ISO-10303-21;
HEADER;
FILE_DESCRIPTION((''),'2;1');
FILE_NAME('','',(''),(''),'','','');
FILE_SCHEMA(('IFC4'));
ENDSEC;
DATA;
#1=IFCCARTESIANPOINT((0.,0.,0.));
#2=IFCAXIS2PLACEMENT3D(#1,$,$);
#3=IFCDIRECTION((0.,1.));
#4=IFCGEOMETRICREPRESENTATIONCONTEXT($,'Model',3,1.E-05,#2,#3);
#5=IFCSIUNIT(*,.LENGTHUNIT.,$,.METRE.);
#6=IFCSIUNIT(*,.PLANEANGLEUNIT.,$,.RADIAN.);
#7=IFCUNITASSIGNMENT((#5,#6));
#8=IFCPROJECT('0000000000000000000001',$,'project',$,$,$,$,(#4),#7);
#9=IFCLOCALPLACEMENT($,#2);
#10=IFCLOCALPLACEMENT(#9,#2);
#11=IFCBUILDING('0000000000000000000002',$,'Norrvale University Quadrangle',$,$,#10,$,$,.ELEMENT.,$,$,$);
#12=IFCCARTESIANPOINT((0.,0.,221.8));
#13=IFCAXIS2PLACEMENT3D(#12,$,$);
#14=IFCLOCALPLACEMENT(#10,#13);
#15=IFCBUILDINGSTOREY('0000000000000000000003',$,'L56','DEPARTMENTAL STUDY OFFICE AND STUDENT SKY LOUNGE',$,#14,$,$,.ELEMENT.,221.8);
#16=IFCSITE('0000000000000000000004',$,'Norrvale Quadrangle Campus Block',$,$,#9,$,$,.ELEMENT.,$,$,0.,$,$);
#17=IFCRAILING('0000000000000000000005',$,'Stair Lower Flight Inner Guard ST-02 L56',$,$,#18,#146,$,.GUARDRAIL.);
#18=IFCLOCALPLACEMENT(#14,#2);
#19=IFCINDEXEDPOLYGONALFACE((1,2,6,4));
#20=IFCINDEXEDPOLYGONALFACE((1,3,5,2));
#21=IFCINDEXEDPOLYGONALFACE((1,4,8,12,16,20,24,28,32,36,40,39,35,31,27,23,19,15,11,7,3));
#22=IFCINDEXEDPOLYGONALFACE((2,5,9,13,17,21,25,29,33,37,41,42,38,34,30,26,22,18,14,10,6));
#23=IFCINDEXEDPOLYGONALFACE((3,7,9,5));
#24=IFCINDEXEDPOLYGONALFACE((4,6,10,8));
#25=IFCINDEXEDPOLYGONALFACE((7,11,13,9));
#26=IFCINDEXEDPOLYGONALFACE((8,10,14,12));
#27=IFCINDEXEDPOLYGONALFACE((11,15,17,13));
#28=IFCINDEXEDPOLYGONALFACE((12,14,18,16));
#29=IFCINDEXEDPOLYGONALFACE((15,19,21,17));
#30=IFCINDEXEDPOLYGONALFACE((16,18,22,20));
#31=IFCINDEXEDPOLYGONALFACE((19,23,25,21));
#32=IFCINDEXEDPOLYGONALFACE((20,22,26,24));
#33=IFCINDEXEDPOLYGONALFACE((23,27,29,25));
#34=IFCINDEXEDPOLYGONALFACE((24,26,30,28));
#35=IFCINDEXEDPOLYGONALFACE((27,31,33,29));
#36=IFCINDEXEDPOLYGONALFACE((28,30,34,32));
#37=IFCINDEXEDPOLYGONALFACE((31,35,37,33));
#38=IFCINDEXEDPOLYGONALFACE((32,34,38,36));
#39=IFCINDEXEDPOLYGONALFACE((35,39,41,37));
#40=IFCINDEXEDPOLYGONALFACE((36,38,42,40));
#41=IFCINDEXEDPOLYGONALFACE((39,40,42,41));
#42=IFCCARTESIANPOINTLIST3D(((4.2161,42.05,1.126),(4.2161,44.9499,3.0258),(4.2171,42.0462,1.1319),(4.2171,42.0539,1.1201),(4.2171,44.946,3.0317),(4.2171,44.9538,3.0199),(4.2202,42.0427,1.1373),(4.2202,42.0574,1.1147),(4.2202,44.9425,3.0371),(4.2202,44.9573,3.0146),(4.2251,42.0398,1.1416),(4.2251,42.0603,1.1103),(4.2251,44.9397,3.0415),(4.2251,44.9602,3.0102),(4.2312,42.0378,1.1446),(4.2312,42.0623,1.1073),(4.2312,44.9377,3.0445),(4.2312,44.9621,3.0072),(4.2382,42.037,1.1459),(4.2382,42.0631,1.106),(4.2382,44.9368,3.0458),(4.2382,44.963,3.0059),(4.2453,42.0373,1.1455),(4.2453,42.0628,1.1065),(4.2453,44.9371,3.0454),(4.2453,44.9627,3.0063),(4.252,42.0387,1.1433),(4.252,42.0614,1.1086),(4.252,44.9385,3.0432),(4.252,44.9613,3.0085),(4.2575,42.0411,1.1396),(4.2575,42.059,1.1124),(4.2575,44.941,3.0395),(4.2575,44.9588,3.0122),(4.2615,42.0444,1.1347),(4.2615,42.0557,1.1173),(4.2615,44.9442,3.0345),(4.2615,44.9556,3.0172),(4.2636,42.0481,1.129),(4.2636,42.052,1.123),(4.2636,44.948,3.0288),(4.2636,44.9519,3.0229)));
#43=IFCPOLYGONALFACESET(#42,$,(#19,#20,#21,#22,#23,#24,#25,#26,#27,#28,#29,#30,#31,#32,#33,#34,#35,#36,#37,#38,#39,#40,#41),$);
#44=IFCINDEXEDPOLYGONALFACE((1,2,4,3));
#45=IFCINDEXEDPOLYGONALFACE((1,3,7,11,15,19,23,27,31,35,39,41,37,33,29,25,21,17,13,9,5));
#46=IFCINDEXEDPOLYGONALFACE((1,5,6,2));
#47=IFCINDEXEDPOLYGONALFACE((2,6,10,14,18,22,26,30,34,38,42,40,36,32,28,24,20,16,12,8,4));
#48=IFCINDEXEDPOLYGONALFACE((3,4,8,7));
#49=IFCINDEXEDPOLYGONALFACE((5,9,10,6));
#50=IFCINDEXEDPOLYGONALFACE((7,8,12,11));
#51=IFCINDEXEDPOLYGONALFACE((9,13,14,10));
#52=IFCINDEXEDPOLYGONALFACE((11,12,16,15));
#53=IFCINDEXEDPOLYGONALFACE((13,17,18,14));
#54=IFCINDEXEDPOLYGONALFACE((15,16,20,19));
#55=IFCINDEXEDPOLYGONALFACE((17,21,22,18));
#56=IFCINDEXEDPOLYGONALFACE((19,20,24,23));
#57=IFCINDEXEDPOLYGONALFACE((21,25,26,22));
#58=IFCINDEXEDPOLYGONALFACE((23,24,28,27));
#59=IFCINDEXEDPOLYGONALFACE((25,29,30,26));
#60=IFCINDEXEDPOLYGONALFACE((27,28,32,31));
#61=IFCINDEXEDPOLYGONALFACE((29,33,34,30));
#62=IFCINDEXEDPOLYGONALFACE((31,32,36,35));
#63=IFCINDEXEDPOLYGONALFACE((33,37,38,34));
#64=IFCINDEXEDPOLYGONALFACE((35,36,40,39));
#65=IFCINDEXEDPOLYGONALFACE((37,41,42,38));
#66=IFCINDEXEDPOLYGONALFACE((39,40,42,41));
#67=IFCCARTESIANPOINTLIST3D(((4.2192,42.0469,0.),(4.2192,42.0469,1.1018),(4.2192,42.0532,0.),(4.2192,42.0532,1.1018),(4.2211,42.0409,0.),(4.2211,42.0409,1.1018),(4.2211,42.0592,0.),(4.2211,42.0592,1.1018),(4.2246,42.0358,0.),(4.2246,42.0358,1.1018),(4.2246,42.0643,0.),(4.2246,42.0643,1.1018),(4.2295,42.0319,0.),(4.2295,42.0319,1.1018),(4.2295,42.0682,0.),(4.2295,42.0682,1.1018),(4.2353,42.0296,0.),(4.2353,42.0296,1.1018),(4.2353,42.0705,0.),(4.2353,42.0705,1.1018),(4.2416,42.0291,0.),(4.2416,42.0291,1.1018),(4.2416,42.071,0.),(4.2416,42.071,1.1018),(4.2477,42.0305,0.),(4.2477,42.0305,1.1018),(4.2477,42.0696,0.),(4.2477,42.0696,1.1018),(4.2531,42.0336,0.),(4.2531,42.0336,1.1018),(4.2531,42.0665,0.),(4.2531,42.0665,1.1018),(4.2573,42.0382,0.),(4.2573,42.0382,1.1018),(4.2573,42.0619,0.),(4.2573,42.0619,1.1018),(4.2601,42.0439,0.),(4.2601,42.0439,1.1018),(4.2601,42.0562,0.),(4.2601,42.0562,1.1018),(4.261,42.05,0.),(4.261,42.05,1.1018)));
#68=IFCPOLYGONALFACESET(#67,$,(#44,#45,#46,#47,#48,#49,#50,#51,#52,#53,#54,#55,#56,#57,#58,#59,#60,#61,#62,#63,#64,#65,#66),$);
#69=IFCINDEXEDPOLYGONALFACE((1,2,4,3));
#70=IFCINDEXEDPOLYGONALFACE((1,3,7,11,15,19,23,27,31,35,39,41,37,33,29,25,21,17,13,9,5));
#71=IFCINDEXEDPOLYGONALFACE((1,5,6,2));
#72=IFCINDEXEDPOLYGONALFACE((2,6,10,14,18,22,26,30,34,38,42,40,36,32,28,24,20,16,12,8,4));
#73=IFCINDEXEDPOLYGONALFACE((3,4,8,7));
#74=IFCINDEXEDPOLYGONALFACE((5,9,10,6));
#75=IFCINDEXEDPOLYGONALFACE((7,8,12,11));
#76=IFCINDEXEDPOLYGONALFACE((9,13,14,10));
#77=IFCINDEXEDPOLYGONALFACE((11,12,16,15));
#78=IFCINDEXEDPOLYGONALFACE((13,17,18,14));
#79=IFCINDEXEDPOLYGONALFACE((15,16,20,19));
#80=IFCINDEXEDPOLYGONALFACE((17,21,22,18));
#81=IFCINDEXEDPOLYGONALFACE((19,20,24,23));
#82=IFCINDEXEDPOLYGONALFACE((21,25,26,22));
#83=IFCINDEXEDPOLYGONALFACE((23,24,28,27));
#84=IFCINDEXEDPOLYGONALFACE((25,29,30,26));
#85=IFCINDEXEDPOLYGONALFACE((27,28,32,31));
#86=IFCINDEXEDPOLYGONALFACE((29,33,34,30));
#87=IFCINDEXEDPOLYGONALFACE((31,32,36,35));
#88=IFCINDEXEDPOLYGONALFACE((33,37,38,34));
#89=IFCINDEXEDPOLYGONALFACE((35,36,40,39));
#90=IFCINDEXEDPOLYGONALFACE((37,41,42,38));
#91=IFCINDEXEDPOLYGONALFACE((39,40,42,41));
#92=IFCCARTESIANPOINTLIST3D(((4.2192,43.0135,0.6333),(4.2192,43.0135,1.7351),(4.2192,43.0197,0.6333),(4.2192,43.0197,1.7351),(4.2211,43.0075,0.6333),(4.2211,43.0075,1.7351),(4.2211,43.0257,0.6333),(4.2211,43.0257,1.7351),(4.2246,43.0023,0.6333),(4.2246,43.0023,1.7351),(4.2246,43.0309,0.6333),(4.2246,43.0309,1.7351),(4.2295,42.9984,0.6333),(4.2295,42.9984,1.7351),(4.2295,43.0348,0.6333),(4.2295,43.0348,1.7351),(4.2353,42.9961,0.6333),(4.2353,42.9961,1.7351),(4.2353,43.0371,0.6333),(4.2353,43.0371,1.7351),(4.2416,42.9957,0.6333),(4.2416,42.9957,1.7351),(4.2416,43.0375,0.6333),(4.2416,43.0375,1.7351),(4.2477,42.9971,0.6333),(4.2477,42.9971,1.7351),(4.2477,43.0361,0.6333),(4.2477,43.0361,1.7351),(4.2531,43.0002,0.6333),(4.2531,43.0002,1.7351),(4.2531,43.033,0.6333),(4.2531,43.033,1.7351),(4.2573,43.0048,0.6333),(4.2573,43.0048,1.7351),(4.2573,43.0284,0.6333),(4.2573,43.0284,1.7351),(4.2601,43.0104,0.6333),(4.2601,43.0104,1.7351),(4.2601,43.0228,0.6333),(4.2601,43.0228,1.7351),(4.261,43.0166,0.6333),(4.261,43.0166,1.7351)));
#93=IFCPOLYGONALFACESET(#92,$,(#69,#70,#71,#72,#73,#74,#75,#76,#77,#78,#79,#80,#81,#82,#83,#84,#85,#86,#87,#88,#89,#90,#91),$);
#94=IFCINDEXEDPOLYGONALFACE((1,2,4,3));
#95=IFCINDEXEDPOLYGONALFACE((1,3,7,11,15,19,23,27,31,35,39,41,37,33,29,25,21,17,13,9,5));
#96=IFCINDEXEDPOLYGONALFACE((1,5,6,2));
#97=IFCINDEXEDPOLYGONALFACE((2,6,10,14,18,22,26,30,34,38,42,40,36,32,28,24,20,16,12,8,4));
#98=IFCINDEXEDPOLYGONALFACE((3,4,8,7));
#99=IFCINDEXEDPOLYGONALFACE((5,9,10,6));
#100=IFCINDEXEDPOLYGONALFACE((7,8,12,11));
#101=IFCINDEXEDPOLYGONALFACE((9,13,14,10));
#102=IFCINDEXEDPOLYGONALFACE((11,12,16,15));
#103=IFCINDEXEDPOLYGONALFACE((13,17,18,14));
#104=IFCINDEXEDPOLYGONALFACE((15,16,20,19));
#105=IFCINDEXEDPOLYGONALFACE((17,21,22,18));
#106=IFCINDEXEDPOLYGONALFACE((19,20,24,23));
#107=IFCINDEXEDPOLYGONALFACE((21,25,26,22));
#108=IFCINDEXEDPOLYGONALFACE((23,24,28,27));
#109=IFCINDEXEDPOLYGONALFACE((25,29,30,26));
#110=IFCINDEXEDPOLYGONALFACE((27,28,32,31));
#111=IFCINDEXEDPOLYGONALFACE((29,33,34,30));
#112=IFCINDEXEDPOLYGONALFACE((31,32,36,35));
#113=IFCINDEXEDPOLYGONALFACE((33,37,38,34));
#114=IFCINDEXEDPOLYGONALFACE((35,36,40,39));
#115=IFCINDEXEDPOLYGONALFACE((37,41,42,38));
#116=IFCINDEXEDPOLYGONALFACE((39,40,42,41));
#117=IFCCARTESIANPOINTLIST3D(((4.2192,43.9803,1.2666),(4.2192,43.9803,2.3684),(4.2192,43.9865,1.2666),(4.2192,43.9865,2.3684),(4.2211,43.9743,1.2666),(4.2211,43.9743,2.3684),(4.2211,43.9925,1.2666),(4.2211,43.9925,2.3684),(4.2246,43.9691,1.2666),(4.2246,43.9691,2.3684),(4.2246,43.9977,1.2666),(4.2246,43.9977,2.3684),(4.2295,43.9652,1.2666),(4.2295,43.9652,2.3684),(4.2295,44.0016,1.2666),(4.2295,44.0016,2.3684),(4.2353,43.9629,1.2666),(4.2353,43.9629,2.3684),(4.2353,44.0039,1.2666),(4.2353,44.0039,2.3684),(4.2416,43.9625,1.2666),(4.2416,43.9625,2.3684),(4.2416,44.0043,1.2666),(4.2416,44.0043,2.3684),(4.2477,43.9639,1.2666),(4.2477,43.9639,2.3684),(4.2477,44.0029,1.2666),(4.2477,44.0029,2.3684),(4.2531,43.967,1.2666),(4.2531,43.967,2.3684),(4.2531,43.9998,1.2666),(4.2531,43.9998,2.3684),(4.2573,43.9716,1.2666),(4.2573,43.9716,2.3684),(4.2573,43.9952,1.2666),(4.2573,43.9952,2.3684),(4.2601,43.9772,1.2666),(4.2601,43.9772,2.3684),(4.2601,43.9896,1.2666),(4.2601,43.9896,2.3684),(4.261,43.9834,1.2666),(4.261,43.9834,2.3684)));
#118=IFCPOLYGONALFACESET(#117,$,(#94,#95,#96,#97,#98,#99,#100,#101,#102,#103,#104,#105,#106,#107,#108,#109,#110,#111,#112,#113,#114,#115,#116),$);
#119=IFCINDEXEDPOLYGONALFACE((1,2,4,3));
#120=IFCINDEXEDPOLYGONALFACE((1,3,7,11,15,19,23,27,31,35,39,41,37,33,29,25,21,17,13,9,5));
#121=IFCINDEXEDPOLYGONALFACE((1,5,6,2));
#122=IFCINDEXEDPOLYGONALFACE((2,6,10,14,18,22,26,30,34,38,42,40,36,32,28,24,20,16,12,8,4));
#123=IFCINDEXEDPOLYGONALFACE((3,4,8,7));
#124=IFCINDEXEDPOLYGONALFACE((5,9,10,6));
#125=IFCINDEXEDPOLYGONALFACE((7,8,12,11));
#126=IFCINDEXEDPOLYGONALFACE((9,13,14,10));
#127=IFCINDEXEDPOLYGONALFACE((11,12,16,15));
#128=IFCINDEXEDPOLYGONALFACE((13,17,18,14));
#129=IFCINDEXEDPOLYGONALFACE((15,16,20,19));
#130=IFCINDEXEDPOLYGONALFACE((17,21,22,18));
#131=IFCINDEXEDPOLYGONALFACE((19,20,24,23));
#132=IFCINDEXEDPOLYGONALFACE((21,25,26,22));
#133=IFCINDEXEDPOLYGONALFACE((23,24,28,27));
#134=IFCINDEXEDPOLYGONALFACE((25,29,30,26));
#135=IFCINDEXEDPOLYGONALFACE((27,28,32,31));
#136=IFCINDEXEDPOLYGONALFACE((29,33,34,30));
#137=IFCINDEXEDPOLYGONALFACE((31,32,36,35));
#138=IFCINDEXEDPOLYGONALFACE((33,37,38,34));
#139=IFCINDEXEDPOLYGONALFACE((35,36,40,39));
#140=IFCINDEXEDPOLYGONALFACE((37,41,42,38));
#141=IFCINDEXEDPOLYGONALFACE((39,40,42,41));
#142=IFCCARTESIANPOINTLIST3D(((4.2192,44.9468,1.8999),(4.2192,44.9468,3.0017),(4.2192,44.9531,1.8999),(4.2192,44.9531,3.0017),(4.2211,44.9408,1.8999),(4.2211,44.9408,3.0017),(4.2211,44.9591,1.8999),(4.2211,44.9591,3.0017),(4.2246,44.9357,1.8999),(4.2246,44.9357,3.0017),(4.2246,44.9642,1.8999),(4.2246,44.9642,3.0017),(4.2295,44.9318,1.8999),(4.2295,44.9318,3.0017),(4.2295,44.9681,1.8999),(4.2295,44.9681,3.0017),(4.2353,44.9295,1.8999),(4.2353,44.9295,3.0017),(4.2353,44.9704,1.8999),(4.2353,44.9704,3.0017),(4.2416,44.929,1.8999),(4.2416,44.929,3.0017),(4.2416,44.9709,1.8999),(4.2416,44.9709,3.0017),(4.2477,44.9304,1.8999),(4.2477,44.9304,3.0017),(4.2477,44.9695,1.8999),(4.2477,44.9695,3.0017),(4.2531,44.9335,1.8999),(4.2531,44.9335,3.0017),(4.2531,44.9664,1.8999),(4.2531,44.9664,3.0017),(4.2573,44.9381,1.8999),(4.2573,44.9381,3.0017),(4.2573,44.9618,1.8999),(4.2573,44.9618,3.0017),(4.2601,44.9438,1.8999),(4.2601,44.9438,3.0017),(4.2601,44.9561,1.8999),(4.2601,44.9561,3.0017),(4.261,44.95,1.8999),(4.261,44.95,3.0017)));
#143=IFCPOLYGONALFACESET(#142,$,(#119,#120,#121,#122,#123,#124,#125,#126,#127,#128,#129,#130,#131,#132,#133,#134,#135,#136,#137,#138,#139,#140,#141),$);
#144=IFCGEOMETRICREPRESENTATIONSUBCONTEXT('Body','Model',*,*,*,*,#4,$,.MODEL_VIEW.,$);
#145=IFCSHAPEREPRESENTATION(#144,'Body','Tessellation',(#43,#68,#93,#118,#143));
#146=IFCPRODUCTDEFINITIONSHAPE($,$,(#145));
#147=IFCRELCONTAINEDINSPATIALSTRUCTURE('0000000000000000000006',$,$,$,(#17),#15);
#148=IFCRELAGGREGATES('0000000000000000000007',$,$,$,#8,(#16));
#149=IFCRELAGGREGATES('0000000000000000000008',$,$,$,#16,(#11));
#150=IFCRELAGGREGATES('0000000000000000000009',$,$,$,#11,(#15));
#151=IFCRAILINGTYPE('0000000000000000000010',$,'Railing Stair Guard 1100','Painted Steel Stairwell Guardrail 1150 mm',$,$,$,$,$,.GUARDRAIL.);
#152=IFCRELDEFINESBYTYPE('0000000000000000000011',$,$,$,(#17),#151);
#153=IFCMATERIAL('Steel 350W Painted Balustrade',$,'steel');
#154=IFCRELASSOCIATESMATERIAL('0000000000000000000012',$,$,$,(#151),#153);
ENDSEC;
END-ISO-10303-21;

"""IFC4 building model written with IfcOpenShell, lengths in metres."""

from ifc_helpers import new_model, si_unit, direction, frame, origin, origin_2d, place, context, subcontext, project, spatial, circle, extrude, material, type_object, element, save


model = new_model("IFC4")

# Units and contexts
model_context = context("Model", 3, precision=1e-05, world=origin(), true_north=direction((0.0, 1.0)))
body_context = subcontext(model_context, "Body", "Model", "MODEL_VIEW")
ifc_project = project(units=[si_unit("LENGTHUNIT", "METRE"), si_unit("PLANEANGLEUNIT", "RADIAN")], contexts=[model_context])

# Site, building, storey
site_placement = place(None, origin())
site = spatial("IfcSite", under=ifc_project, at=site_placement, Name="Norrvale Quadrangle Campus Block", CompositionType="ELEMENT", RefElevation=0.0)
building_placement = place(site_placement, origin())
building = spatial("IfcBuilding", under=site, at=building_placement, Name="Norrvale University Quadrangle", CompositionType="ELEMENT")
storey_placement = place(building_placement, frame((0.0, 0.0, 221.8)))
storey = spatial("IfcBuildingStorey", under=building, at=storey_placement, Name="L56", Description="DEPARTMENTAL STUDY OFFICE AND STUDENT SKY LOUNGE", CompositionType="ELEMENT", Elevation=221.8)

# Railing
ifc_material_1 = material(Name="Steel 350W Painted Balustrade", Category="steel")
railing_type_1 = type_object("IfcRailingType", Name="Railing Stair Guard 1100", Description="Painted Steel Stairwell Guardrail 1150 mm", PredefinedType="GUARDRAIL", material=ifc_material_1)
railing_1_placement = place(storey_placement, frame((4.24, 42.05, 0.0)))
element("IfcRailing", 1, at=railing_1_placement, inside=storey, type_object=railing_type_1, Name="Stair Lower Flight Inner Guard ST-02 L56", PredefinedType="GUARDRAIL", context=body_context, shape_type="SweptSolid", body=[
    extrude(circle(Radius=0.0239, at=origin_2d()), frame((0.0, 0.0, 1.126), z_axis=(0.0, 0.836466, 0.548019), x_axis=(-1.0, 0.0, 0.0)), (0.0, 0.0, 1.0), 3.4668),
    extrude(circle(Radius=0.021, at=origin_2d()), origin(), (0.0, 0.0, 1.0), 1.1018),
    extrude(circle(Radius=0.021, at=origin_2d()), frame((0.0, 0.9666, 0.6333)), (0.0, 0.0, 1.0), 1.1018),
    extrude(circle(Radius=0.021, at=origin_2d()), frame((0.0, 1.9333, 1.2666)), (0.0, 0.0, 1.0), 1.1018),
    extrude(circle(Radius=0.021, at=origin_2d()), frame((0.0, 2.8999, 1.8999)), (0.0, 0.0, 1.0), 1.1018),
])

save(model, "model.ifc")
